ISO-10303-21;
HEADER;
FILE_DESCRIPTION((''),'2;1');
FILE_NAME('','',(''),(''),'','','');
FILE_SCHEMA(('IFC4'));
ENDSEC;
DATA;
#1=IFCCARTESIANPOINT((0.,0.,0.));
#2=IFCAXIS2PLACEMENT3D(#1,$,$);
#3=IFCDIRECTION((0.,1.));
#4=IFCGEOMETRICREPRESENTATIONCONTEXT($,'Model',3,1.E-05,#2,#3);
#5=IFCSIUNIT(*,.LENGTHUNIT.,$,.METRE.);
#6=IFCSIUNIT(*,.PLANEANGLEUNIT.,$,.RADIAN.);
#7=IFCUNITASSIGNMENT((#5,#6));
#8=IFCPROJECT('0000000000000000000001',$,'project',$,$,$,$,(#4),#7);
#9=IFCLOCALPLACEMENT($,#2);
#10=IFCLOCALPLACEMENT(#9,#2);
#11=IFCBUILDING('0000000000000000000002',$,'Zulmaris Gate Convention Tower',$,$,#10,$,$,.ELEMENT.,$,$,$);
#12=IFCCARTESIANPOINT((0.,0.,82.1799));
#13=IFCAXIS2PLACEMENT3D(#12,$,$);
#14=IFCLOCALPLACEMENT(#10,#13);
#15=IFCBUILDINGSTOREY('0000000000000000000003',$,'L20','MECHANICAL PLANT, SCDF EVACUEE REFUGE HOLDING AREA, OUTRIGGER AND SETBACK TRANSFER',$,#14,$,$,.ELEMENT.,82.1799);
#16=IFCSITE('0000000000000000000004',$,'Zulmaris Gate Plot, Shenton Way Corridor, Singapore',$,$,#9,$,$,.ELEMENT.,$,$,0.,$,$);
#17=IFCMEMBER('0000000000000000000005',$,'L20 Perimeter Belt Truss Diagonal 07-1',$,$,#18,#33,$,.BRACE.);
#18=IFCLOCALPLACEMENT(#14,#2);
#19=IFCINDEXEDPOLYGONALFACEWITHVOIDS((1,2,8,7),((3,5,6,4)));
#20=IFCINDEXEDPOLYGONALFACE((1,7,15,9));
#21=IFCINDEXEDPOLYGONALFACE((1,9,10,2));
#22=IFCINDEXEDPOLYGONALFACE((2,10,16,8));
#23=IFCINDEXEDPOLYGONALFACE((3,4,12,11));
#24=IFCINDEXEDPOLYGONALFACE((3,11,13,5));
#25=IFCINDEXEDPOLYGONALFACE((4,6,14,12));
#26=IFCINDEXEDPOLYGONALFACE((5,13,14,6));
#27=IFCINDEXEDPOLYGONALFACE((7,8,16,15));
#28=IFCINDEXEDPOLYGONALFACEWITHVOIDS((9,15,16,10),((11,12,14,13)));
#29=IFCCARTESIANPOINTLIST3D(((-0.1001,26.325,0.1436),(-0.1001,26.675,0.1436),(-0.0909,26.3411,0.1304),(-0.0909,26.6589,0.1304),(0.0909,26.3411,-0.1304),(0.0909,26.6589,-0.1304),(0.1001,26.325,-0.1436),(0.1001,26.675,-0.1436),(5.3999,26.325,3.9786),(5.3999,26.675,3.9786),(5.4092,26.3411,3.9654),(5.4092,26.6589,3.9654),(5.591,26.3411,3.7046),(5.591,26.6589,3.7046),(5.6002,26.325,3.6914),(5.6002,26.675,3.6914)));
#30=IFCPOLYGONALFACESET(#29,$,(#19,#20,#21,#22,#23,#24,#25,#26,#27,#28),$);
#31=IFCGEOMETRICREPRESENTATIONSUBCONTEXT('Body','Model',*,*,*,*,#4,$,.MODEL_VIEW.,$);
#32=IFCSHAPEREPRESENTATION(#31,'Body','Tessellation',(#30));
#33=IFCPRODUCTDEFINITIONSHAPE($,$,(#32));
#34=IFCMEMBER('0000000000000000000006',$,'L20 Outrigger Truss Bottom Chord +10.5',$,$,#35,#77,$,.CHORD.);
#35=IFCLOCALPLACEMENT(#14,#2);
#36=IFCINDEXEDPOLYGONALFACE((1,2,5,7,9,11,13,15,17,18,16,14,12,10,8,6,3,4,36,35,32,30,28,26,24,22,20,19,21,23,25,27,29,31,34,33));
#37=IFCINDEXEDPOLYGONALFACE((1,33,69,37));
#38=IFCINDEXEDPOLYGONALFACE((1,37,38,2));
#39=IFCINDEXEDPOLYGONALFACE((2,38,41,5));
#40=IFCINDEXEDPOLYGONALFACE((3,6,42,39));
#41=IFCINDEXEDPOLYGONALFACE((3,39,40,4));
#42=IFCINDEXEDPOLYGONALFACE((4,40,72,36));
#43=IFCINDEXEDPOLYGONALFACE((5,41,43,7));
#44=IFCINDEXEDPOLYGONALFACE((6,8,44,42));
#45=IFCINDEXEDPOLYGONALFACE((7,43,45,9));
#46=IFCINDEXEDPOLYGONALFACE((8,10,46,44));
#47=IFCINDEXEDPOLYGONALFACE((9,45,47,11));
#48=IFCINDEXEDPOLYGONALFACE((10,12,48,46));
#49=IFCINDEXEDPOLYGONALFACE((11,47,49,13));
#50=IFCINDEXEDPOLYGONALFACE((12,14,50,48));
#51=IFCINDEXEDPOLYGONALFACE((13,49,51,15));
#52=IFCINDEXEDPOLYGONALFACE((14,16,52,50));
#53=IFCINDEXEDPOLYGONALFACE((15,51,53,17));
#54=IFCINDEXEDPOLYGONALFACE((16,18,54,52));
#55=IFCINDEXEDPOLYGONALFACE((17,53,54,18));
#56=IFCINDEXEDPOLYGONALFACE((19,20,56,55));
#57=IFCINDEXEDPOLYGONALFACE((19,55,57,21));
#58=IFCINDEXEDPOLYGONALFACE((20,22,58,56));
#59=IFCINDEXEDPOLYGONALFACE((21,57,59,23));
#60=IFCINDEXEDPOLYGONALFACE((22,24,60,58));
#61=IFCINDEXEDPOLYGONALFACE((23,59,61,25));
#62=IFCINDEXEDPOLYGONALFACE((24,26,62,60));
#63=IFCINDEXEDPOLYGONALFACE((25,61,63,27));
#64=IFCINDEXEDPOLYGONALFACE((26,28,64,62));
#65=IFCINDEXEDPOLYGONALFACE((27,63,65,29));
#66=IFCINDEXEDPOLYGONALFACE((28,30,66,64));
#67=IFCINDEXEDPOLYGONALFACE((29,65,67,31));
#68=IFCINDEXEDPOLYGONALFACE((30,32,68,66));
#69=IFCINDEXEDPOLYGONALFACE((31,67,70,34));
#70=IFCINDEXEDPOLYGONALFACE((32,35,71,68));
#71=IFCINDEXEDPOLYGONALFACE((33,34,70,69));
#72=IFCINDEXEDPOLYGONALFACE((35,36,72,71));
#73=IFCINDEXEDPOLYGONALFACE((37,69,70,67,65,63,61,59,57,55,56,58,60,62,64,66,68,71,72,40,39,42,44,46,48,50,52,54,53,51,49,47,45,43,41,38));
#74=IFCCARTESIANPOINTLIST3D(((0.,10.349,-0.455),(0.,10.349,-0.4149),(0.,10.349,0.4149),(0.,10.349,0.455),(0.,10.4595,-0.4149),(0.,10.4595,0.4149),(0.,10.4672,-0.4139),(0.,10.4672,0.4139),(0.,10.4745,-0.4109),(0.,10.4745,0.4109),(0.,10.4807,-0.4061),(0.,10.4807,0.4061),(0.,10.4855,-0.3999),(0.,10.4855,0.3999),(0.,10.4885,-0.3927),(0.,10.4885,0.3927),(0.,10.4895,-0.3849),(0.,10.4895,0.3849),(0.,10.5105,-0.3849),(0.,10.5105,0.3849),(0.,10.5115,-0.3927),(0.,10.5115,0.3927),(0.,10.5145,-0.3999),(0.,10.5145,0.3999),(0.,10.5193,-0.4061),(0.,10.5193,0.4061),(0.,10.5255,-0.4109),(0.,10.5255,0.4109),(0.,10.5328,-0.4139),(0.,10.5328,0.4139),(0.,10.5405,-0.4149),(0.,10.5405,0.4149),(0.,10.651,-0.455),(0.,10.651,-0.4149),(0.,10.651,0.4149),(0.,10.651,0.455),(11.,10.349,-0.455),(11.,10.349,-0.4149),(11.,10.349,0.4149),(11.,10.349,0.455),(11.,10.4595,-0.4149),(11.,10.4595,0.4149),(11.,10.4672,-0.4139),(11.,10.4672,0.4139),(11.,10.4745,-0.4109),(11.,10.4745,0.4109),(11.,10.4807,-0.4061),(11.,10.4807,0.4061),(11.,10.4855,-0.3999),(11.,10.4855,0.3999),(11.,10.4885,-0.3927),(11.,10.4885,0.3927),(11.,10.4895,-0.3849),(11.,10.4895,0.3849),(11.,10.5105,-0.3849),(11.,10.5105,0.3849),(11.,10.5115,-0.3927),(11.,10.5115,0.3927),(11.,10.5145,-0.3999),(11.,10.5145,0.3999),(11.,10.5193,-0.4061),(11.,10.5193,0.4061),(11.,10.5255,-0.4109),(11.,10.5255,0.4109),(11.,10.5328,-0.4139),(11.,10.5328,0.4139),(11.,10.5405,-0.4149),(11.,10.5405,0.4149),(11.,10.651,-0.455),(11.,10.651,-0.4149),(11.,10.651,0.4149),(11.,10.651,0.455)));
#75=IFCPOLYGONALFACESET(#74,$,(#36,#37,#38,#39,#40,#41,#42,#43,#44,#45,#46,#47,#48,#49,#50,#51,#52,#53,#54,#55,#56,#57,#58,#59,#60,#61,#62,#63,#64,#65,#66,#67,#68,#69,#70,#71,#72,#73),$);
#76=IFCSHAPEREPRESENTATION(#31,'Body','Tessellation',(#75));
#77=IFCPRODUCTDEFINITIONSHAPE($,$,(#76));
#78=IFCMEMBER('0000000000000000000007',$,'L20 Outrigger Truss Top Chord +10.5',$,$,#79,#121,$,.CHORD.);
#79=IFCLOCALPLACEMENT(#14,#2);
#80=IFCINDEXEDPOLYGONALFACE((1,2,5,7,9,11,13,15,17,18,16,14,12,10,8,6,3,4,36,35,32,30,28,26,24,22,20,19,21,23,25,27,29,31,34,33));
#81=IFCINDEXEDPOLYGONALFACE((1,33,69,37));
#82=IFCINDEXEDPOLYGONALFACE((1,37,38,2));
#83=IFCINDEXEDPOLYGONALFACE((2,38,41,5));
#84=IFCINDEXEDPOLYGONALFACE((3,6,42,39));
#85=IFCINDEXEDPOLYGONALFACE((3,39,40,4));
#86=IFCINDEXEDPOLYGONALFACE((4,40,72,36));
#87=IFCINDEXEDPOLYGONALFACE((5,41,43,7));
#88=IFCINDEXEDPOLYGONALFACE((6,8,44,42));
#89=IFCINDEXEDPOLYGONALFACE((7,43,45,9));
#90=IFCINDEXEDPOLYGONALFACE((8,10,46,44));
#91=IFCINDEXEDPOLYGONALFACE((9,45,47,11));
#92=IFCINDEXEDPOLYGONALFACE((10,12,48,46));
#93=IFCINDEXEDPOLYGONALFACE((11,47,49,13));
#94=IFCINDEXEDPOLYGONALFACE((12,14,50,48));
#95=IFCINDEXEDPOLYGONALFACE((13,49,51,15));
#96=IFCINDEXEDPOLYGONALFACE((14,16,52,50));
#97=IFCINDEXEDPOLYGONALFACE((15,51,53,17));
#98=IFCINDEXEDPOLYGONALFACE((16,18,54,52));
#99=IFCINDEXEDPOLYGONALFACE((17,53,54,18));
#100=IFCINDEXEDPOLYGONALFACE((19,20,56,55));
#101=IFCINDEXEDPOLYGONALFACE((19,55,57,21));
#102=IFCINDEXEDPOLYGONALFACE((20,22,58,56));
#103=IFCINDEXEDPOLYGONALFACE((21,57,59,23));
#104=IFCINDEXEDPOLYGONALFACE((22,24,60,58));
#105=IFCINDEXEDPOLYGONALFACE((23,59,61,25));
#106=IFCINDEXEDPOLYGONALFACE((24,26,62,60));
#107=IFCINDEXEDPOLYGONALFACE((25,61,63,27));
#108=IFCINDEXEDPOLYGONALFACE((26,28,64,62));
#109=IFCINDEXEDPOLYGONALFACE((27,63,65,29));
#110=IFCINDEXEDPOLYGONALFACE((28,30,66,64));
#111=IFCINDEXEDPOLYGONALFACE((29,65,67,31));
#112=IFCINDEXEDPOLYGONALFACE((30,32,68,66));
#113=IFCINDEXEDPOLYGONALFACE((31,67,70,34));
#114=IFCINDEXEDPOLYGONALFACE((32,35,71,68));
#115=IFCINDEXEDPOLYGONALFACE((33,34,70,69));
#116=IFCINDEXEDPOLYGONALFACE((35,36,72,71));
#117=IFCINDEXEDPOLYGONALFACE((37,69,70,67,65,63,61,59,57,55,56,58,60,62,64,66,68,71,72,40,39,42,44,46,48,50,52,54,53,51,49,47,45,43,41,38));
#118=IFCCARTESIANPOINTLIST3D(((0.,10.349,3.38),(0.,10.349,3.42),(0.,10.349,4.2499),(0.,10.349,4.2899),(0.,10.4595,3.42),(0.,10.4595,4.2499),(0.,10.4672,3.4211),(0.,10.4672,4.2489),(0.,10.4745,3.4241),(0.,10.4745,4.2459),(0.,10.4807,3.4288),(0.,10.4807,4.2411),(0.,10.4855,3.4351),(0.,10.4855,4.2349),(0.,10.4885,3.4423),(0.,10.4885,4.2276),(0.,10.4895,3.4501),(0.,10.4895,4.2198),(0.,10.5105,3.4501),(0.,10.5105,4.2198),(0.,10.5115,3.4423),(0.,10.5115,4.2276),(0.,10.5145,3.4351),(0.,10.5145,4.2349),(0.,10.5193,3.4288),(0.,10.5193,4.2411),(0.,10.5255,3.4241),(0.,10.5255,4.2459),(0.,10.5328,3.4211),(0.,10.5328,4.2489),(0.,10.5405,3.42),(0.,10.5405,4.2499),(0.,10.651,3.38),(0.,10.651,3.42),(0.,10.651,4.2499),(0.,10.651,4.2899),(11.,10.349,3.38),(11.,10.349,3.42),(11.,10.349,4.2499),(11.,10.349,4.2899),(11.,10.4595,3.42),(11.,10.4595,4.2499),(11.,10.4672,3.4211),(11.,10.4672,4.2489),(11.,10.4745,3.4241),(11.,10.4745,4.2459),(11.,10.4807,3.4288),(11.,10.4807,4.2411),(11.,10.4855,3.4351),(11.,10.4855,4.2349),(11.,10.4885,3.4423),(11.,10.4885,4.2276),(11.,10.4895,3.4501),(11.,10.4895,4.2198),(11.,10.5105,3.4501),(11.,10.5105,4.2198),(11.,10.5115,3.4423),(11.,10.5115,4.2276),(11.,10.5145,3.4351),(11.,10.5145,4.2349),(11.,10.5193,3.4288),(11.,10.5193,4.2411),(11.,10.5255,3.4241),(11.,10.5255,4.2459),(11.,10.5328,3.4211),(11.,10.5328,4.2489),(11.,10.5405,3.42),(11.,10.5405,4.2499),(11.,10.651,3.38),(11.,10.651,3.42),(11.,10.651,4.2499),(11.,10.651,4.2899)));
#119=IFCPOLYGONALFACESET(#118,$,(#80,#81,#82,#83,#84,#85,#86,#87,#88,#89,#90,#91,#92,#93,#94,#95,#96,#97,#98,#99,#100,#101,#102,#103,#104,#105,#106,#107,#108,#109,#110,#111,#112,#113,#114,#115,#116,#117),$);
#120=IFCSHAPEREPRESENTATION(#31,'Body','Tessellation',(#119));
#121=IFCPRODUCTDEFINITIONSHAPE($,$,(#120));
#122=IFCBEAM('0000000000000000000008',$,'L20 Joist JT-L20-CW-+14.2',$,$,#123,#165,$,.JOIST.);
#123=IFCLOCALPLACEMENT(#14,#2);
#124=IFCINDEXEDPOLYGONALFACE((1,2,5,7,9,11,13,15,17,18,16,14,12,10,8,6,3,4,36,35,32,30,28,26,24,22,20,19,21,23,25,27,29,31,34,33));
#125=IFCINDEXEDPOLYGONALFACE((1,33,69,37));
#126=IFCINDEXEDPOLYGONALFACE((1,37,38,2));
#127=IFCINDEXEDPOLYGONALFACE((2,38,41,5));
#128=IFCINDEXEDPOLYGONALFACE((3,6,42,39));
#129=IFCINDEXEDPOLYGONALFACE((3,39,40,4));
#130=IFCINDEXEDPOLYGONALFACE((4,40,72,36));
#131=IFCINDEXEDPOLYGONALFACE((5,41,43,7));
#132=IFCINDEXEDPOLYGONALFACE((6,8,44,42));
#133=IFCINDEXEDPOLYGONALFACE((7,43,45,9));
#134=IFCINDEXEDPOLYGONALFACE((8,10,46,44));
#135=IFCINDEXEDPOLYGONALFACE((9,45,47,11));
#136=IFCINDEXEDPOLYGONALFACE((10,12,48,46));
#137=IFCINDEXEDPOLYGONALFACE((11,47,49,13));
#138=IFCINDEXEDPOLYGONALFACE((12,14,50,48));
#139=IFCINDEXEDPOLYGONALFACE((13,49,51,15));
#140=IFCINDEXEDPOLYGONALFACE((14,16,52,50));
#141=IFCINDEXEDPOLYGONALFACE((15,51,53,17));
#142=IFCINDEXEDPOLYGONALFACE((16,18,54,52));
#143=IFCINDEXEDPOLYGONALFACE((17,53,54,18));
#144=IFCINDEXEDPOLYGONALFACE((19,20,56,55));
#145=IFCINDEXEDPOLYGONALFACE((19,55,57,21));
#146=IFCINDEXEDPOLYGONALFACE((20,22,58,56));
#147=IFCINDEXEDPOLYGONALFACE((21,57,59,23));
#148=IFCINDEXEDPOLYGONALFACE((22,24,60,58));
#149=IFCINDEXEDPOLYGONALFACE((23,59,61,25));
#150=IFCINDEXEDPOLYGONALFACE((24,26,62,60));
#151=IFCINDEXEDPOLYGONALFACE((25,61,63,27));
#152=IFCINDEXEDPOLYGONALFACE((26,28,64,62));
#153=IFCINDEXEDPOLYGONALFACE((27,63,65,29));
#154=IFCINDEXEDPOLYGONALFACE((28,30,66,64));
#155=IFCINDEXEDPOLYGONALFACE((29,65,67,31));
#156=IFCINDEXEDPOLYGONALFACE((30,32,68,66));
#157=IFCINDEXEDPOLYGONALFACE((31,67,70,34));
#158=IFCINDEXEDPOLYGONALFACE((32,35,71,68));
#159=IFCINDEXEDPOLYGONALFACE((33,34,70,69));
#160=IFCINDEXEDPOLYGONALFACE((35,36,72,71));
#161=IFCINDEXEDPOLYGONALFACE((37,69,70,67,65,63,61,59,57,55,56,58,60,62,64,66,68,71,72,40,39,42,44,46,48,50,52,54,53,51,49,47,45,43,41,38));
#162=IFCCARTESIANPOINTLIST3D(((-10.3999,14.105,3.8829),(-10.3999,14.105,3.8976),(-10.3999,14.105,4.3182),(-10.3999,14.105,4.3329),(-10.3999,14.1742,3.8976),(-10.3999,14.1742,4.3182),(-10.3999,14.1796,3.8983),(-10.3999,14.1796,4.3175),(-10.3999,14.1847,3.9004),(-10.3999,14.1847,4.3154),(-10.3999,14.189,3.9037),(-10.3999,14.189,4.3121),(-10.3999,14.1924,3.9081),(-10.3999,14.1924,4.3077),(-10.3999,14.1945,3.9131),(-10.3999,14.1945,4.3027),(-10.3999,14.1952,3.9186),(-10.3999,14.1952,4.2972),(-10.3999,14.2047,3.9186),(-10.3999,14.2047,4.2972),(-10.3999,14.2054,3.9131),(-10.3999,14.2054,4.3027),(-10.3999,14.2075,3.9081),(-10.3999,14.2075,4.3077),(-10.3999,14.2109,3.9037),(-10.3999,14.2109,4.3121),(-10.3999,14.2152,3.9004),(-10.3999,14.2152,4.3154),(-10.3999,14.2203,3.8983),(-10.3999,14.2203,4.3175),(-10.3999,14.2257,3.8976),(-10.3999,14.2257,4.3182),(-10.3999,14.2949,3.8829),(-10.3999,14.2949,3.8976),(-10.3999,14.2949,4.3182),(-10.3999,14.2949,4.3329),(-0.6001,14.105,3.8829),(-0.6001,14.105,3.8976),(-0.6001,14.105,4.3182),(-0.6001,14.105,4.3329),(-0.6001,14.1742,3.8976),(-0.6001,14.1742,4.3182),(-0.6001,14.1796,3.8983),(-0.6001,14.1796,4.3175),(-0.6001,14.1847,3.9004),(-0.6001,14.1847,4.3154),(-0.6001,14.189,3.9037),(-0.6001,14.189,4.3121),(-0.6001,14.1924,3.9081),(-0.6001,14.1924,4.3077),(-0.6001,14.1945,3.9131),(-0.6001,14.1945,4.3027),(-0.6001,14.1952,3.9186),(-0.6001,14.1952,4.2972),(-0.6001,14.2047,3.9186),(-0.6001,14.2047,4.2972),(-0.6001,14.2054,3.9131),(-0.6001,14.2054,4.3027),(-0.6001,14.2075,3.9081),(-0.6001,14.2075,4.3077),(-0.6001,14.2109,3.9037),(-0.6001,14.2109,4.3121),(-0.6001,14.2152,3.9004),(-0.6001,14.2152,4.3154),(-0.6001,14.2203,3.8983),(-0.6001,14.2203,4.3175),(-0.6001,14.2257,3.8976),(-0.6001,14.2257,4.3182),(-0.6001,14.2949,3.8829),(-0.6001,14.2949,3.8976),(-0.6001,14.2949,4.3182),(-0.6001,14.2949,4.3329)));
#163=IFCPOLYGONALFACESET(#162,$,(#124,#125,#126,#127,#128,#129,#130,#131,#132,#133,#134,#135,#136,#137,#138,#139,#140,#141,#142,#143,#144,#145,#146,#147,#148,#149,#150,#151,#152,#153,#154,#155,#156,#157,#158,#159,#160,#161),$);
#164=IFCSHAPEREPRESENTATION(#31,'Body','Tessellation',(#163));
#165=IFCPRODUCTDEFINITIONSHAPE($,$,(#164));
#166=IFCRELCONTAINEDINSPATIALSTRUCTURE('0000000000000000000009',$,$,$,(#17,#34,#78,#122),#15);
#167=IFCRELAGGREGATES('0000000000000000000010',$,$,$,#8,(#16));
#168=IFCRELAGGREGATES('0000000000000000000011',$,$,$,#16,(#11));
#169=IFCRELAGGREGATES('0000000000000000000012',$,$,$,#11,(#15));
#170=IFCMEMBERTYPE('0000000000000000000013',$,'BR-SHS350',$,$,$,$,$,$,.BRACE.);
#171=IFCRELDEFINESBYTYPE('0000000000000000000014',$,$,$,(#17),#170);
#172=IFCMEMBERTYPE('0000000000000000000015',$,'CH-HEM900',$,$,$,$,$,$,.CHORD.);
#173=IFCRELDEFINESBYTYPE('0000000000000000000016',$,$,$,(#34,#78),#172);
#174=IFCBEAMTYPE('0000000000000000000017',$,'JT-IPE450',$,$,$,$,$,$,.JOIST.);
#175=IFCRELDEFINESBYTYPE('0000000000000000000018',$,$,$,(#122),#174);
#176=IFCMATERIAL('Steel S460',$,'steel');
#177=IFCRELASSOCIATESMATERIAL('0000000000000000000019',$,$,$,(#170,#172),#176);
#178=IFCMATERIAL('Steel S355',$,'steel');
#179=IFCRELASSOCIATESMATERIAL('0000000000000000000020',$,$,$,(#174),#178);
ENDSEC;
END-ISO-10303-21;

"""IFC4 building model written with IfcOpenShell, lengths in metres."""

from ifc_helpers import new_model, si_unit, direction, frame, origin, origin_2d, place, context, subcontext, project, spatial, hollow_rectangle, i_section, extrude, material, material_profile, profile_set, type_object, element, save


model = new_model("IFC4")

# Units and contexts
model_context = context("Model", 3, precision=1e-05, world=origin(), true_north=direction((0.0, 1.0)))
body_context = subcontext(model_context, "Body", "Model", "MODEL_VIEW")
ifc_project = project(units=[si_unit("LENGTHUNIT", "METRE"), si_unit("PLANEANGLEUNIT", "RADIAN")], contexts=[model_context])

# Site, building, storey
site_placement = place(None, origin())
site = spatial("IfcSite", under=ifc_project, at=site_placement, Name="Zulmaris Gate Plot, Shenton Way Corridor, Singapore", CompositionType="ELEMENT", RefElevation=0.0)
building_placement = place(site_placement, origin())
building = spatial("IfcBuilding", under=site, at=building_placement, Name="Zulmaris Gate Convention Tower", CompositionType="ELEMENT")
storey_placement = place(building_placement, frame((0.0, 0.0, 82.1799)))
storey = spatial("IfcBuildingStorey", under=building, at=storey_placement, Name="L20", Description="MECHANICAL PLANT, SCDF EVACUEE REFUGE HOLDING AREA, OUTRIGGER AND SETBACK TRANSFER", CompositionType="ELEMENT", Elevation=82.1799)

# Members
ifc_material_1 = material(Name="Steel S460", Category="steel")
ifc_material_profile_1 = material_profile(ifc_material_1, hollow_rectangle(XDim=0.3501, YDim=0.3501, WallThickness=0.0161, at=origin_2d()), Name="SHS 350x350x16")
ifc_profile_set_1 = profile_set([ifc_material_profile_1], Name="Steel S460")
member_type_1 = type_object("IfcMemberType", Name="BR-SHS350", PredefinedType="BRACE", material=ifc_profile_set_1)
for number, where, z_axis, x_axis, name in (
    (1, (0.0, 26.5, 0.0), (0.820284, 0.0, 0.571956), (0.0, 1.0, 0.0), "L20 Perimeter Belt Truss Diagonal 07-1"),
):
    element("IfcMember", number, at=place(storey_placement, frame(where, z_axis=z_axis, x_axis=x_axis)), inside=storey, type_object=member_type_1, Name=name, PredefinedType="BRACE", context=body_context, shape_type="SweptSolid", body=[
        extrude(hollow_rectangle(XDim=0.3501, YDim=0.3501, WallThickness=0.0161, at=origin_2d()), origin(), (0.0, 0.0, 1.0), 6.7051),
    ])
ifc_material_profile_2 = material_profile(ifc_material_1, i_section(OverallWidth=0.302, OverallDepth=0.9099, WebThickness=0.021, FlangeThickness=0.04, FilletRadius=0.03, at=origin_2d()), Name="HEM 900")
ifc_profile_set_2 = profile_set([ifc_material_profile_2], Name="Steel S460")
member_type_2 = type_object("IfcMemberType", Name="CH-HEM900", PredefinedType="CHORD", material=ifc_profile_set_2)
for number, where, z_axis, x_axis, name in (
    (2, (0.0, 10.5, 0.0), (1.0, 0.0, 0.0), (0.0, 1.0, 0.0), "L20 Outrigger Truss Bottom Chord +10.5"),
    (3, (0.0, 10.5, 3.835), (1.0, 0.0, 0.0), (0.0, 1.0, 0.0), "L20 Outrigger Truss Top Chord +10.5"),
):
    element("IfcMember", number, at=place(storey_placement, frame(where, z_axis=z_axis, x_axis=x_axis)), inside=storey, type_object=member_type_2, Name=name, PredefinedType="CHORD", context=body_context, shape_type="SweptSolid", body=[
        extrude(i_section(OverallWidth=0.302, OverallDepth=0.9099, WebThickness=0.021, FlangeThickness=0.04, FilletRadius=0.03, at=origin_2d()), origin(), (0.0, 0.0, 1.0), 11.0),
    ])

# Beam
ifc_material_2 = material(Name="Steel S355", Category="steel")
ifc_material_profile_3 = material_profile(ifc_material_2, i_section(OverallWidth=0.1899, OverallDepth=0.45, WebThickness=0.0095, FlangeThickness=0.0146, FilletRadius=0.021, at=origin_2d()), Name="IPE 450")
ifc_profile_set_3 = profile_set([ifc_material_profile_3], Name="Steel S355")
beam_type_1 = type_object("IfcBeamType", Name="JT-IPE450", PredefinedType="JOIST", material=ifc_profile_set_3)
for number, where, z_axis, x_axis, name in (
    (4, (-10.3999, 14.2, 4.1079), (1.0, 0.0, 0.0), (0.0, 1.0, 0.0), "L20 Joist JT-L20-CW-+14.2"),
):
    element("IfcBeam", number, at=place(storey_placement, frame(where, z_axis=z_axis, x_axis=x_axis)), inside=storey, type_object=beam_type_1, Name=name, PredefinedType="JOIST", context=body_context, shape_type="SweptSolid", body=[
        extrude(i_section(OverallWidth=0.1899, OverallDepth=0.45, WebThickness=0.0095, FlangeThickness=0.0146, FilletRadius=0.021, at=origin_2d()), origin(), (0.0, 0.0, 1.0), 9.7998),
    ])

save(model, "model.ifc")
